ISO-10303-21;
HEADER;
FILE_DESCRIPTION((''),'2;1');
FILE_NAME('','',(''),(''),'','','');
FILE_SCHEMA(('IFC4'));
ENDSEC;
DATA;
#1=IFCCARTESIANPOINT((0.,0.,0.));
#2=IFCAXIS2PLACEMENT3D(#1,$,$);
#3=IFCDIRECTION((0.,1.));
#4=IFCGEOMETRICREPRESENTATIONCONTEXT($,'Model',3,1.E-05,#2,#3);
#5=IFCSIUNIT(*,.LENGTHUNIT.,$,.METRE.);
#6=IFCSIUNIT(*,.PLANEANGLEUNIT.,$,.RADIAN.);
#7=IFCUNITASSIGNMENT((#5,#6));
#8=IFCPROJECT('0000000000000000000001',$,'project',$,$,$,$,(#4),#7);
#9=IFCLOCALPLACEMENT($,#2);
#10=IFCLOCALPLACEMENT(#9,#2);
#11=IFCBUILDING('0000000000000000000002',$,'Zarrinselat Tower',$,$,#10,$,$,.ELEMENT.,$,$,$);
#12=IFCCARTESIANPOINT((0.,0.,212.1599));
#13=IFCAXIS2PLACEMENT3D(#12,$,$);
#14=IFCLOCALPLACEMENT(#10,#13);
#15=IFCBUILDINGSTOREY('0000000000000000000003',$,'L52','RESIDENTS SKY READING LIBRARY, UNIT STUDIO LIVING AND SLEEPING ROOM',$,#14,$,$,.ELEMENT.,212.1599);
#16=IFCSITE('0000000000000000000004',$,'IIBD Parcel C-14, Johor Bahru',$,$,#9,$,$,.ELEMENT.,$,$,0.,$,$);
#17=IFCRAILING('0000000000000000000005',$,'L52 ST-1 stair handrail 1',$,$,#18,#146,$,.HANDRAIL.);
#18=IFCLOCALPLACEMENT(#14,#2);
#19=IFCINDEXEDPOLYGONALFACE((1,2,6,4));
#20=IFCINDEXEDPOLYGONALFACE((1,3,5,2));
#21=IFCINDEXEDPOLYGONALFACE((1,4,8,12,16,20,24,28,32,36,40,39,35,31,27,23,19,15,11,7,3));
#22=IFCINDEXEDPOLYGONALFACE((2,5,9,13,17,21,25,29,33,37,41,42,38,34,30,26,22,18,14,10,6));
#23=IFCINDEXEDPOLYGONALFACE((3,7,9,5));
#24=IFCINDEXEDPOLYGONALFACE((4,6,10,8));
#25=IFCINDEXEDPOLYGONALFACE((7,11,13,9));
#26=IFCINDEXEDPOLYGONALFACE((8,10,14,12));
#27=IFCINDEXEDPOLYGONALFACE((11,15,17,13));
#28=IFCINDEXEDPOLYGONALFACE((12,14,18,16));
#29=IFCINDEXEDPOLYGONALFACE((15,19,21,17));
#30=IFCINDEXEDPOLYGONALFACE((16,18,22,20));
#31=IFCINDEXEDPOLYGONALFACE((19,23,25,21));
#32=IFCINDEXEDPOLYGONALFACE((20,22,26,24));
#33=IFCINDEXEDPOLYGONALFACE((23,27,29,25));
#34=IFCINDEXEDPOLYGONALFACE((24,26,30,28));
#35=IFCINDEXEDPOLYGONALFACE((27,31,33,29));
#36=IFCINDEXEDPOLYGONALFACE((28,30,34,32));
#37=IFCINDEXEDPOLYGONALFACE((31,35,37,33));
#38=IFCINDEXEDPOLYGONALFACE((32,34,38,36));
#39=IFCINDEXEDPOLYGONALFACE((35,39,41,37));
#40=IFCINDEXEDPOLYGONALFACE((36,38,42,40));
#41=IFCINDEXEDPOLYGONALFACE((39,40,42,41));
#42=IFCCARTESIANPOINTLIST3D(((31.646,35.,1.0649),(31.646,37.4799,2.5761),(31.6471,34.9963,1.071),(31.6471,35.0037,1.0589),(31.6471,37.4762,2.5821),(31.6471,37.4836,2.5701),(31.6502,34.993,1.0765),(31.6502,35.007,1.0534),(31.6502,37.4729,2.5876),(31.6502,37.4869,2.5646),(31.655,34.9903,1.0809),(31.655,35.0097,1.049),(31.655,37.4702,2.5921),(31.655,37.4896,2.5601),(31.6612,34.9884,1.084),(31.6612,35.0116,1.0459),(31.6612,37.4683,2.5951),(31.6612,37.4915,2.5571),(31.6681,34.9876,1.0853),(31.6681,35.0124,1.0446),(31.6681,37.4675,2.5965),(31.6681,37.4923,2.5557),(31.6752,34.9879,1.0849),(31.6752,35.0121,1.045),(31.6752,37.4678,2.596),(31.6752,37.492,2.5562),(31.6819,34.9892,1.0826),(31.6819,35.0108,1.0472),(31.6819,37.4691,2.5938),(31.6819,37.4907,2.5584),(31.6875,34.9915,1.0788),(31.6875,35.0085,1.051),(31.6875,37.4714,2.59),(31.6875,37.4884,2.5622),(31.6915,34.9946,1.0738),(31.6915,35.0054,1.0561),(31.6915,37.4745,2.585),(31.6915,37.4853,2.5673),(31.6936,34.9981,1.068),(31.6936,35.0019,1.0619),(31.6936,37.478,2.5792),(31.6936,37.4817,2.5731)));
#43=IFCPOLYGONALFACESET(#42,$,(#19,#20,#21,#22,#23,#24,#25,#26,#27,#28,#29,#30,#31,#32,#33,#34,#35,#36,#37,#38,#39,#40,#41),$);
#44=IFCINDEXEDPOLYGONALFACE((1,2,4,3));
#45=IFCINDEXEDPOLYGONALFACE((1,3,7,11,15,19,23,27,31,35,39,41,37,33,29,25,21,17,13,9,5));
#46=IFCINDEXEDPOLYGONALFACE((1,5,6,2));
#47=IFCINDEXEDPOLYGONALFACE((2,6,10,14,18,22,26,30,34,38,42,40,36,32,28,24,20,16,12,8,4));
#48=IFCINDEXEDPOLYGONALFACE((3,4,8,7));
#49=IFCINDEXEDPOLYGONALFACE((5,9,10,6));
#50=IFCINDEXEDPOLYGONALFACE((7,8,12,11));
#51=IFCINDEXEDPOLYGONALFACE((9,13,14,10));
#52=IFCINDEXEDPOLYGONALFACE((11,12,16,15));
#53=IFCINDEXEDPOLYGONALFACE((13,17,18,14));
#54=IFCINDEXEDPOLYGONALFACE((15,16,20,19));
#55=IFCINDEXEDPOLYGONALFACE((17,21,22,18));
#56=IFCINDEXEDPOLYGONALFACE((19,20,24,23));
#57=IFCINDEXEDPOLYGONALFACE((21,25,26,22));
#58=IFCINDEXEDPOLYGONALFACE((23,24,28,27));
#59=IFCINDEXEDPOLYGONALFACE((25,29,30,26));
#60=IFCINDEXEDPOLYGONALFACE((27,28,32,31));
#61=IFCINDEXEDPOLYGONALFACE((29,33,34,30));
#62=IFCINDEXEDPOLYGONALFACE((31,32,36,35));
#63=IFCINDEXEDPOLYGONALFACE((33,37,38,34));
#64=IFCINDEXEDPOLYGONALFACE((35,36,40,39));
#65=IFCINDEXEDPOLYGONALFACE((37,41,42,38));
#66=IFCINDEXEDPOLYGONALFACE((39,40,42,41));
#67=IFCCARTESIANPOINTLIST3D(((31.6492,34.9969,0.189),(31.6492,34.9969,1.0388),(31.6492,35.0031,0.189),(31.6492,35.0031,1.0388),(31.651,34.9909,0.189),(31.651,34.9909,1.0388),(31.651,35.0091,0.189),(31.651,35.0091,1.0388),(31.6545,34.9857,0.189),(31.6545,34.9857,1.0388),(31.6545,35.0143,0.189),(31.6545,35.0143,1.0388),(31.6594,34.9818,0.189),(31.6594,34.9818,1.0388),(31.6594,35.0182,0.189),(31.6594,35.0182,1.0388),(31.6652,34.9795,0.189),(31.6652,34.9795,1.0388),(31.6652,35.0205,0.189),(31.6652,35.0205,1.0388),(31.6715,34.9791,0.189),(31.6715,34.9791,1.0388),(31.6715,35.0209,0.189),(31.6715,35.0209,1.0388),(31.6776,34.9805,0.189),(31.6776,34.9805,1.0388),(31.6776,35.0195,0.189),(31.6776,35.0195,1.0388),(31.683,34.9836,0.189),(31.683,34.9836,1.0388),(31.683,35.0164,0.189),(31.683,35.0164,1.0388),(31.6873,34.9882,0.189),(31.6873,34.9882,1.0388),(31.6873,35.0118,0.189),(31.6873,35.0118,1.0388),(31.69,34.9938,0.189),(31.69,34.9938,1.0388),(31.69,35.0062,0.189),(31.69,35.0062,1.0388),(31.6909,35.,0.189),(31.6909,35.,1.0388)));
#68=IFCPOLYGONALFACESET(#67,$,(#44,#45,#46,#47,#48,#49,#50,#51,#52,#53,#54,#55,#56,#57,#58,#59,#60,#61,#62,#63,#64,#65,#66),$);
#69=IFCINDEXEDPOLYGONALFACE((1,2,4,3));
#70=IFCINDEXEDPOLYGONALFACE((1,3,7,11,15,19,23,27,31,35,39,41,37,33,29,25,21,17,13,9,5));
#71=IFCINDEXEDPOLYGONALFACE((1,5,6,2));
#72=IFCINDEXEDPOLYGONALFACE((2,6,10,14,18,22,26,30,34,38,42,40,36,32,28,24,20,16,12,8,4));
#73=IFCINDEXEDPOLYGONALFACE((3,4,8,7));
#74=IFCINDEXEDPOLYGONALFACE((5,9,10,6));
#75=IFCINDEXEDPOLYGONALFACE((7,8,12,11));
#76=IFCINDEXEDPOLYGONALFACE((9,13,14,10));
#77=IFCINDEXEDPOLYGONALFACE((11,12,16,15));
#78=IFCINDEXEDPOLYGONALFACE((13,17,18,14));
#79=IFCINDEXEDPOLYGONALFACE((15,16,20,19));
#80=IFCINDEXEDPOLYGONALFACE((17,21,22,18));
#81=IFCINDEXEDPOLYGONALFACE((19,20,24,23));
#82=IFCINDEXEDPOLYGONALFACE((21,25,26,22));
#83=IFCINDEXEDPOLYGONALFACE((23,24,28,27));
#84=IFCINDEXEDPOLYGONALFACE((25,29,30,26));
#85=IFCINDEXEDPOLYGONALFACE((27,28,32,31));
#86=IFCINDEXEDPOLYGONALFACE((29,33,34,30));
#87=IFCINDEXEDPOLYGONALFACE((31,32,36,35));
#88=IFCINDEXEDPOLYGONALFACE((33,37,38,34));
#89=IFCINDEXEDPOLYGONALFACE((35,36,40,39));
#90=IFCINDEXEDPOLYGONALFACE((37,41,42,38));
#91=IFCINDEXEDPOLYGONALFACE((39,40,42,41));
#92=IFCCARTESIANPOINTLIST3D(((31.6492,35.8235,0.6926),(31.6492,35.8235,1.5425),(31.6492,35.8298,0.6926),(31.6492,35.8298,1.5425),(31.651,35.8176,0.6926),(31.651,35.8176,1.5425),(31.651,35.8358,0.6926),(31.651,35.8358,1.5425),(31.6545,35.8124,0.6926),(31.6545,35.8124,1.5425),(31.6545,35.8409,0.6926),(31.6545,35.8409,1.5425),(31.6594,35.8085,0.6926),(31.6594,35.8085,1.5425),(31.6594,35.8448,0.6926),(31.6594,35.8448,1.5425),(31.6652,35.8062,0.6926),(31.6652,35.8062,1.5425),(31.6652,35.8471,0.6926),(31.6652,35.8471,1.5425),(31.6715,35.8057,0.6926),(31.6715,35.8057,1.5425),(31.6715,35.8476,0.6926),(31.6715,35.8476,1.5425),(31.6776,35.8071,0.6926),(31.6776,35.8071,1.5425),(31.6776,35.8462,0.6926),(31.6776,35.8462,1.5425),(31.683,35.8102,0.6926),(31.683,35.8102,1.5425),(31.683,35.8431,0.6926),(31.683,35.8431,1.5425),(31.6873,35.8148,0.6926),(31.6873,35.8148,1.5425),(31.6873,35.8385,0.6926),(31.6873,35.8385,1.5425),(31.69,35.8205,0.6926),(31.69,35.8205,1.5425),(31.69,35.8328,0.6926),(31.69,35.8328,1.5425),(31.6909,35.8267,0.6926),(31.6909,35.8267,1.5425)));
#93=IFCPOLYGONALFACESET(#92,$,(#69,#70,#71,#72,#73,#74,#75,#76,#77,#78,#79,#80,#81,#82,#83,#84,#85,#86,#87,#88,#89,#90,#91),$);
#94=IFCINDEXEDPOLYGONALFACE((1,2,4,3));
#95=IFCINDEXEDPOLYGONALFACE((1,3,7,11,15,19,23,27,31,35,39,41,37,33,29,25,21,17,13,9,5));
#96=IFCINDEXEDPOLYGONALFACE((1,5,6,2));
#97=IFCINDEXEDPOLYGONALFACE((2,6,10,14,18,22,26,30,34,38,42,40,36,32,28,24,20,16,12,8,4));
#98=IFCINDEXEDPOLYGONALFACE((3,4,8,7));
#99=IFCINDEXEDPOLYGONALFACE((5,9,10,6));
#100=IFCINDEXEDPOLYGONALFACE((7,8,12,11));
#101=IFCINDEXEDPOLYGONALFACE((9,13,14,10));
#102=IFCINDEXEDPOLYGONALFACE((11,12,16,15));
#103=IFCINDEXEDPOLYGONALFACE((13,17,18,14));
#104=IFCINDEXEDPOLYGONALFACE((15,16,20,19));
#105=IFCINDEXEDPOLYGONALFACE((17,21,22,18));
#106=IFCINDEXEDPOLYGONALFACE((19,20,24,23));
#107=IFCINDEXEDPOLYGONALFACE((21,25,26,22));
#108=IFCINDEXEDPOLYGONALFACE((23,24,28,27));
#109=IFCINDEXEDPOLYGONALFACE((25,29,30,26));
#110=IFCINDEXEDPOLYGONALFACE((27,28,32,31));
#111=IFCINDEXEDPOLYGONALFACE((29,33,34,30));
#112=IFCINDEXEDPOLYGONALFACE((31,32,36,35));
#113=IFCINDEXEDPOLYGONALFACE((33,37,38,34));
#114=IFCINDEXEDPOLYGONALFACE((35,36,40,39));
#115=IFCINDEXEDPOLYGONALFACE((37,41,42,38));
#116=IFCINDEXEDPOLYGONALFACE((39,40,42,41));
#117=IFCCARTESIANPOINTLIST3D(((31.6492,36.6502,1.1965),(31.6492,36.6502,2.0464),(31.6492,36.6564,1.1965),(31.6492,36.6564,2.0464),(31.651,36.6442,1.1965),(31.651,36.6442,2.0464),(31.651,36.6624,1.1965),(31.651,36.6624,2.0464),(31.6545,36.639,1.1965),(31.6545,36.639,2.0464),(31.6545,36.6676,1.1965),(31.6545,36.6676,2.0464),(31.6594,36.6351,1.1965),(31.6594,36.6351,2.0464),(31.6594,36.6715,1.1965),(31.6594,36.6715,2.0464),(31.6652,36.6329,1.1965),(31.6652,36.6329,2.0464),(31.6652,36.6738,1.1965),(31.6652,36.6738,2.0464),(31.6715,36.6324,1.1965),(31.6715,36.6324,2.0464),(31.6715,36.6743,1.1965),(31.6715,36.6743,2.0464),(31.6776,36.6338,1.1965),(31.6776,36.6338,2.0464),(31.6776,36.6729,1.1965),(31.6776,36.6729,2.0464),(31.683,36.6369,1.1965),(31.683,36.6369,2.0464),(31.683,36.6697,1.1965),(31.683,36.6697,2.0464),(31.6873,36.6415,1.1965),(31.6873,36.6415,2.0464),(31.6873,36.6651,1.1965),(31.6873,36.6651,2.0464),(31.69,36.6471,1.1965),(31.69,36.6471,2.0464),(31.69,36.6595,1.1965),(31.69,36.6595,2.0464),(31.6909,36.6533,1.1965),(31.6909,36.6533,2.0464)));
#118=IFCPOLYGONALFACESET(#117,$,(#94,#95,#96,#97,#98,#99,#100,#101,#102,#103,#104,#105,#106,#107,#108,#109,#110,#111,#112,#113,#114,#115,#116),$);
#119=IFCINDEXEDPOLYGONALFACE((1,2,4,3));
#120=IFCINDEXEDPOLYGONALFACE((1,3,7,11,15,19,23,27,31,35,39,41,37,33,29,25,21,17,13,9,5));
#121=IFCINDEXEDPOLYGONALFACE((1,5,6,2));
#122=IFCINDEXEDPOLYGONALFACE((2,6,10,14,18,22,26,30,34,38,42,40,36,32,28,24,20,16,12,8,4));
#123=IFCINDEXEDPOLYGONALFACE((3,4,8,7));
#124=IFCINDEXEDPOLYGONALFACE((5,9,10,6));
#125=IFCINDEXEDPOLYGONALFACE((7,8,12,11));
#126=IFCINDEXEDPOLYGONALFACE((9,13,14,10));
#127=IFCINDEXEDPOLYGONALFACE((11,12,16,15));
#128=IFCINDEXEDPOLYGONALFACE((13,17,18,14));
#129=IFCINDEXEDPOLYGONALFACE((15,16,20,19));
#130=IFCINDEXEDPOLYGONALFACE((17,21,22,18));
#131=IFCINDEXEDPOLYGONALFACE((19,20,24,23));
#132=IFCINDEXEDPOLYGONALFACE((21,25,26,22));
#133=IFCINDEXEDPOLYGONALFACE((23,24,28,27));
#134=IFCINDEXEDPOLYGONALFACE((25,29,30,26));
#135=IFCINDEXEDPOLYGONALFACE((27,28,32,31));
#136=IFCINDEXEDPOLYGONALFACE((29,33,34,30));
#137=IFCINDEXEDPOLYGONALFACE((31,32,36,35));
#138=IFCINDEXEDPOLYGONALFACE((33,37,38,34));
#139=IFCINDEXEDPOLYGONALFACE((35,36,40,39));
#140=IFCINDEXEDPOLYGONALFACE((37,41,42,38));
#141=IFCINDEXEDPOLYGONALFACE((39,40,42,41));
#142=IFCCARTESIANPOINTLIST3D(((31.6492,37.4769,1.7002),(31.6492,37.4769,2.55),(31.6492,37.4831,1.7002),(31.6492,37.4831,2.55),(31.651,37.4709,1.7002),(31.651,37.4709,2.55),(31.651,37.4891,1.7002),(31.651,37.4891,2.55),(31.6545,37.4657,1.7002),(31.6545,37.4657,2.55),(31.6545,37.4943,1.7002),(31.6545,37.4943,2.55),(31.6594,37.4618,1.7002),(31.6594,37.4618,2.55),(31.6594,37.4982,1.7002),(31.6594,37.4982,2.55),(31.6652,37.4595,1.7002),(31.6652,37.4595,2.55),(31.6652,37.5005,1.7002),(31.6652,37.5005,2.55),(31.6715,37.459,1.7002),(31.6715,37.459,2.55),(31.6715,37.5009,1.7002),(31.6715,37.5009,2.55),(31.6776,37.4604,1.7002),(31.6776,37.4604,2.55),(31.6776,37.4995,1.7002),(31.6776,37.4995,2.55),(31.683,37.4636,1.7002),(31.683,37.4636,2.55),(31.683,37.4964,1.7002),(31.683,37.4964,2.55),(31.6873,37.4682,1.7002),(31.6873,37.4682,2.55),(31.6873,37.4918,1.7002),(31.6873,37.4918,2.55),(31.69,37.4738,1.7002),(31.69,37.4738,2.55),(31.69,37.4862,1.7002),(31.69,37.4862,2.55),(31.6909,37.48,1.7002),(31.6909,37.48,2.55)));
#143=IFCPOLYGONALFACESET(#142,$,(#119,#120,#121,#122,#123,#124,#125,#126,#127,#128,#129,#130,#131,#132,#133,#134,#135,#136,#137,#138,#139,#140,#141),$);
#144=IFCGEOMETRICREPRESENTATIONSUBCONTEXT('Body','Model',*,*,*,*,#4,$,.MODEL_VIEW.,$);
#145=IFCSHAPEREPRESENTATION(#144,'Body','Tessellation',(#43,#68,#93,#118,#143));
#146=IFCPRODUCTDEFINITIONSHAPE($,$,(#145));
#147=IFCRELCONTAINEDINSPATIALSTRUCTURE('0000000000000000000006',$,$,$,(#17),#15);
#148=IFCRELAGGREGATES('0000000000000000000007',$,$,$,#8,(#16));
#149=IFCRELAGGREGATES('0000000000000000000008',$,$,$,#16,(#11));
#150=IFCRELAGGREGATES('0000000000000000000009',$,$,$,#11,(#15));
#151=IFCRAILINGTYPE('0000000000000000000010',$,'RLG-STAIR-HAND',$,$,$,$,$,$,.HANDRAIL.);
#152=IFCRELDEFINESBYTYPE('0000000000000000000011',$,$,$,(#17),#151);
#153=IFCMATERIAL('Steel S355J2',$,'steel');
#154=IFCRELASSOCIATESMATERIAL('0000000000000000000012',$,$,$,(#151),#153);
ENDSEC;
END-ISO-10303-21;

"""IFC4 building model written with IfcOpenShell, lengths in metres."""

from ifc_helpers import new_model, si_unit, direction, frame, origin, origin_2d, place, context, subcontext, project, spatial, circle, extrude, material, type_object, element, save


model = new_model("IFC4")

# Units and contexts
model_context = context("Model", 3, precision=1e-05, world=origin(), true_north=direction((0.0, 1.0)))
body_context = subcontext(model_context, "Body", "Model", "MODEL_VIEW")
ifc_project = project(units=[si_unit("LENGTHUNIT", "METRE"), si_unit("PLANEANGLEUNIT", "RADIAN")], contexts=[model_context])

# Site, building, storey
site_placement = place(None, origin())
site = spatial("IfcSite", under=ifc_project, at=site_placement, Name="IIBD Parcel C-14, Johor Bahru", CompositionType="ELEMENT", RefElevation=0.0)
building_placement = place(site_placement, origin())
building = spatial("IfcBuilding", under=site, at=building_placement, Name="Zarrinselat Tower", CompositionType="ELEMENT")
storey_placement = place(building_placement, frame((0.0, 0.0, 212.1599)))
storey = spatial("IfcBuildingStorey", under=building, at=storey_placement, Name="L52", Description="RESIDENTS SKY READING LIBRARY, UNIT STUDIO LIVING AND SLEEPING ROOM", CompositionType="ELEMENT", Elevation=212.1599)

# Railing
ifc_material_1 = material(Name="Steel S355J2", Category="steel")
railing_type_1 = type_object("IfcRailingType", Name="RLG-STAIR-HAND", PredefinedType="HANDRAIL", material=ifc_material_1)
railing_1_placement = place(storey_placement, frame((31.6699, 35.0, 0.189)))
element("IfcRailing", 1, at=railing_1_placement, inside=storey, type_object=railing_type_1, Name="L52 ST-1 stair handrail 1", PredefinedType="HANDRAIL", context=body_context, shape_type="SweptSolid", body=[
    extrude(circle(Radius=0.0239, at=origin_2d()), frame((0.0, 0.0, 0.876), z_axis=(0.0, 0.853942, 0.520368), x_axis=(-1.0, 0.0, 0.0)), (0.0, 0.0, 1.0), 2.9041),
    extrude(circle(Radius=0.021, at=origin_2d()), origin(), (0.0, 0.0, 1.0), 0.8499),
    extrude(circle(Radius=0.021, at=origin_2d()), frame((0.0, 0.8267, 0.5037)), (0.0, 0.0, 1.0), 0.8499),
    extrude(circle(Radius=0.021, at=origin_2d()), frame((0.0, 1.6533, 1.0076)), (0.0, 0.0, 1.0), 0.8499),
    extrude(circle(Radius=0.021, at=origin_2d()), frame((0.0, 2.48, 1.5112)), (0.0, 0.0, 1.0), 0.8499),
])

save(model, "model.ifc")
